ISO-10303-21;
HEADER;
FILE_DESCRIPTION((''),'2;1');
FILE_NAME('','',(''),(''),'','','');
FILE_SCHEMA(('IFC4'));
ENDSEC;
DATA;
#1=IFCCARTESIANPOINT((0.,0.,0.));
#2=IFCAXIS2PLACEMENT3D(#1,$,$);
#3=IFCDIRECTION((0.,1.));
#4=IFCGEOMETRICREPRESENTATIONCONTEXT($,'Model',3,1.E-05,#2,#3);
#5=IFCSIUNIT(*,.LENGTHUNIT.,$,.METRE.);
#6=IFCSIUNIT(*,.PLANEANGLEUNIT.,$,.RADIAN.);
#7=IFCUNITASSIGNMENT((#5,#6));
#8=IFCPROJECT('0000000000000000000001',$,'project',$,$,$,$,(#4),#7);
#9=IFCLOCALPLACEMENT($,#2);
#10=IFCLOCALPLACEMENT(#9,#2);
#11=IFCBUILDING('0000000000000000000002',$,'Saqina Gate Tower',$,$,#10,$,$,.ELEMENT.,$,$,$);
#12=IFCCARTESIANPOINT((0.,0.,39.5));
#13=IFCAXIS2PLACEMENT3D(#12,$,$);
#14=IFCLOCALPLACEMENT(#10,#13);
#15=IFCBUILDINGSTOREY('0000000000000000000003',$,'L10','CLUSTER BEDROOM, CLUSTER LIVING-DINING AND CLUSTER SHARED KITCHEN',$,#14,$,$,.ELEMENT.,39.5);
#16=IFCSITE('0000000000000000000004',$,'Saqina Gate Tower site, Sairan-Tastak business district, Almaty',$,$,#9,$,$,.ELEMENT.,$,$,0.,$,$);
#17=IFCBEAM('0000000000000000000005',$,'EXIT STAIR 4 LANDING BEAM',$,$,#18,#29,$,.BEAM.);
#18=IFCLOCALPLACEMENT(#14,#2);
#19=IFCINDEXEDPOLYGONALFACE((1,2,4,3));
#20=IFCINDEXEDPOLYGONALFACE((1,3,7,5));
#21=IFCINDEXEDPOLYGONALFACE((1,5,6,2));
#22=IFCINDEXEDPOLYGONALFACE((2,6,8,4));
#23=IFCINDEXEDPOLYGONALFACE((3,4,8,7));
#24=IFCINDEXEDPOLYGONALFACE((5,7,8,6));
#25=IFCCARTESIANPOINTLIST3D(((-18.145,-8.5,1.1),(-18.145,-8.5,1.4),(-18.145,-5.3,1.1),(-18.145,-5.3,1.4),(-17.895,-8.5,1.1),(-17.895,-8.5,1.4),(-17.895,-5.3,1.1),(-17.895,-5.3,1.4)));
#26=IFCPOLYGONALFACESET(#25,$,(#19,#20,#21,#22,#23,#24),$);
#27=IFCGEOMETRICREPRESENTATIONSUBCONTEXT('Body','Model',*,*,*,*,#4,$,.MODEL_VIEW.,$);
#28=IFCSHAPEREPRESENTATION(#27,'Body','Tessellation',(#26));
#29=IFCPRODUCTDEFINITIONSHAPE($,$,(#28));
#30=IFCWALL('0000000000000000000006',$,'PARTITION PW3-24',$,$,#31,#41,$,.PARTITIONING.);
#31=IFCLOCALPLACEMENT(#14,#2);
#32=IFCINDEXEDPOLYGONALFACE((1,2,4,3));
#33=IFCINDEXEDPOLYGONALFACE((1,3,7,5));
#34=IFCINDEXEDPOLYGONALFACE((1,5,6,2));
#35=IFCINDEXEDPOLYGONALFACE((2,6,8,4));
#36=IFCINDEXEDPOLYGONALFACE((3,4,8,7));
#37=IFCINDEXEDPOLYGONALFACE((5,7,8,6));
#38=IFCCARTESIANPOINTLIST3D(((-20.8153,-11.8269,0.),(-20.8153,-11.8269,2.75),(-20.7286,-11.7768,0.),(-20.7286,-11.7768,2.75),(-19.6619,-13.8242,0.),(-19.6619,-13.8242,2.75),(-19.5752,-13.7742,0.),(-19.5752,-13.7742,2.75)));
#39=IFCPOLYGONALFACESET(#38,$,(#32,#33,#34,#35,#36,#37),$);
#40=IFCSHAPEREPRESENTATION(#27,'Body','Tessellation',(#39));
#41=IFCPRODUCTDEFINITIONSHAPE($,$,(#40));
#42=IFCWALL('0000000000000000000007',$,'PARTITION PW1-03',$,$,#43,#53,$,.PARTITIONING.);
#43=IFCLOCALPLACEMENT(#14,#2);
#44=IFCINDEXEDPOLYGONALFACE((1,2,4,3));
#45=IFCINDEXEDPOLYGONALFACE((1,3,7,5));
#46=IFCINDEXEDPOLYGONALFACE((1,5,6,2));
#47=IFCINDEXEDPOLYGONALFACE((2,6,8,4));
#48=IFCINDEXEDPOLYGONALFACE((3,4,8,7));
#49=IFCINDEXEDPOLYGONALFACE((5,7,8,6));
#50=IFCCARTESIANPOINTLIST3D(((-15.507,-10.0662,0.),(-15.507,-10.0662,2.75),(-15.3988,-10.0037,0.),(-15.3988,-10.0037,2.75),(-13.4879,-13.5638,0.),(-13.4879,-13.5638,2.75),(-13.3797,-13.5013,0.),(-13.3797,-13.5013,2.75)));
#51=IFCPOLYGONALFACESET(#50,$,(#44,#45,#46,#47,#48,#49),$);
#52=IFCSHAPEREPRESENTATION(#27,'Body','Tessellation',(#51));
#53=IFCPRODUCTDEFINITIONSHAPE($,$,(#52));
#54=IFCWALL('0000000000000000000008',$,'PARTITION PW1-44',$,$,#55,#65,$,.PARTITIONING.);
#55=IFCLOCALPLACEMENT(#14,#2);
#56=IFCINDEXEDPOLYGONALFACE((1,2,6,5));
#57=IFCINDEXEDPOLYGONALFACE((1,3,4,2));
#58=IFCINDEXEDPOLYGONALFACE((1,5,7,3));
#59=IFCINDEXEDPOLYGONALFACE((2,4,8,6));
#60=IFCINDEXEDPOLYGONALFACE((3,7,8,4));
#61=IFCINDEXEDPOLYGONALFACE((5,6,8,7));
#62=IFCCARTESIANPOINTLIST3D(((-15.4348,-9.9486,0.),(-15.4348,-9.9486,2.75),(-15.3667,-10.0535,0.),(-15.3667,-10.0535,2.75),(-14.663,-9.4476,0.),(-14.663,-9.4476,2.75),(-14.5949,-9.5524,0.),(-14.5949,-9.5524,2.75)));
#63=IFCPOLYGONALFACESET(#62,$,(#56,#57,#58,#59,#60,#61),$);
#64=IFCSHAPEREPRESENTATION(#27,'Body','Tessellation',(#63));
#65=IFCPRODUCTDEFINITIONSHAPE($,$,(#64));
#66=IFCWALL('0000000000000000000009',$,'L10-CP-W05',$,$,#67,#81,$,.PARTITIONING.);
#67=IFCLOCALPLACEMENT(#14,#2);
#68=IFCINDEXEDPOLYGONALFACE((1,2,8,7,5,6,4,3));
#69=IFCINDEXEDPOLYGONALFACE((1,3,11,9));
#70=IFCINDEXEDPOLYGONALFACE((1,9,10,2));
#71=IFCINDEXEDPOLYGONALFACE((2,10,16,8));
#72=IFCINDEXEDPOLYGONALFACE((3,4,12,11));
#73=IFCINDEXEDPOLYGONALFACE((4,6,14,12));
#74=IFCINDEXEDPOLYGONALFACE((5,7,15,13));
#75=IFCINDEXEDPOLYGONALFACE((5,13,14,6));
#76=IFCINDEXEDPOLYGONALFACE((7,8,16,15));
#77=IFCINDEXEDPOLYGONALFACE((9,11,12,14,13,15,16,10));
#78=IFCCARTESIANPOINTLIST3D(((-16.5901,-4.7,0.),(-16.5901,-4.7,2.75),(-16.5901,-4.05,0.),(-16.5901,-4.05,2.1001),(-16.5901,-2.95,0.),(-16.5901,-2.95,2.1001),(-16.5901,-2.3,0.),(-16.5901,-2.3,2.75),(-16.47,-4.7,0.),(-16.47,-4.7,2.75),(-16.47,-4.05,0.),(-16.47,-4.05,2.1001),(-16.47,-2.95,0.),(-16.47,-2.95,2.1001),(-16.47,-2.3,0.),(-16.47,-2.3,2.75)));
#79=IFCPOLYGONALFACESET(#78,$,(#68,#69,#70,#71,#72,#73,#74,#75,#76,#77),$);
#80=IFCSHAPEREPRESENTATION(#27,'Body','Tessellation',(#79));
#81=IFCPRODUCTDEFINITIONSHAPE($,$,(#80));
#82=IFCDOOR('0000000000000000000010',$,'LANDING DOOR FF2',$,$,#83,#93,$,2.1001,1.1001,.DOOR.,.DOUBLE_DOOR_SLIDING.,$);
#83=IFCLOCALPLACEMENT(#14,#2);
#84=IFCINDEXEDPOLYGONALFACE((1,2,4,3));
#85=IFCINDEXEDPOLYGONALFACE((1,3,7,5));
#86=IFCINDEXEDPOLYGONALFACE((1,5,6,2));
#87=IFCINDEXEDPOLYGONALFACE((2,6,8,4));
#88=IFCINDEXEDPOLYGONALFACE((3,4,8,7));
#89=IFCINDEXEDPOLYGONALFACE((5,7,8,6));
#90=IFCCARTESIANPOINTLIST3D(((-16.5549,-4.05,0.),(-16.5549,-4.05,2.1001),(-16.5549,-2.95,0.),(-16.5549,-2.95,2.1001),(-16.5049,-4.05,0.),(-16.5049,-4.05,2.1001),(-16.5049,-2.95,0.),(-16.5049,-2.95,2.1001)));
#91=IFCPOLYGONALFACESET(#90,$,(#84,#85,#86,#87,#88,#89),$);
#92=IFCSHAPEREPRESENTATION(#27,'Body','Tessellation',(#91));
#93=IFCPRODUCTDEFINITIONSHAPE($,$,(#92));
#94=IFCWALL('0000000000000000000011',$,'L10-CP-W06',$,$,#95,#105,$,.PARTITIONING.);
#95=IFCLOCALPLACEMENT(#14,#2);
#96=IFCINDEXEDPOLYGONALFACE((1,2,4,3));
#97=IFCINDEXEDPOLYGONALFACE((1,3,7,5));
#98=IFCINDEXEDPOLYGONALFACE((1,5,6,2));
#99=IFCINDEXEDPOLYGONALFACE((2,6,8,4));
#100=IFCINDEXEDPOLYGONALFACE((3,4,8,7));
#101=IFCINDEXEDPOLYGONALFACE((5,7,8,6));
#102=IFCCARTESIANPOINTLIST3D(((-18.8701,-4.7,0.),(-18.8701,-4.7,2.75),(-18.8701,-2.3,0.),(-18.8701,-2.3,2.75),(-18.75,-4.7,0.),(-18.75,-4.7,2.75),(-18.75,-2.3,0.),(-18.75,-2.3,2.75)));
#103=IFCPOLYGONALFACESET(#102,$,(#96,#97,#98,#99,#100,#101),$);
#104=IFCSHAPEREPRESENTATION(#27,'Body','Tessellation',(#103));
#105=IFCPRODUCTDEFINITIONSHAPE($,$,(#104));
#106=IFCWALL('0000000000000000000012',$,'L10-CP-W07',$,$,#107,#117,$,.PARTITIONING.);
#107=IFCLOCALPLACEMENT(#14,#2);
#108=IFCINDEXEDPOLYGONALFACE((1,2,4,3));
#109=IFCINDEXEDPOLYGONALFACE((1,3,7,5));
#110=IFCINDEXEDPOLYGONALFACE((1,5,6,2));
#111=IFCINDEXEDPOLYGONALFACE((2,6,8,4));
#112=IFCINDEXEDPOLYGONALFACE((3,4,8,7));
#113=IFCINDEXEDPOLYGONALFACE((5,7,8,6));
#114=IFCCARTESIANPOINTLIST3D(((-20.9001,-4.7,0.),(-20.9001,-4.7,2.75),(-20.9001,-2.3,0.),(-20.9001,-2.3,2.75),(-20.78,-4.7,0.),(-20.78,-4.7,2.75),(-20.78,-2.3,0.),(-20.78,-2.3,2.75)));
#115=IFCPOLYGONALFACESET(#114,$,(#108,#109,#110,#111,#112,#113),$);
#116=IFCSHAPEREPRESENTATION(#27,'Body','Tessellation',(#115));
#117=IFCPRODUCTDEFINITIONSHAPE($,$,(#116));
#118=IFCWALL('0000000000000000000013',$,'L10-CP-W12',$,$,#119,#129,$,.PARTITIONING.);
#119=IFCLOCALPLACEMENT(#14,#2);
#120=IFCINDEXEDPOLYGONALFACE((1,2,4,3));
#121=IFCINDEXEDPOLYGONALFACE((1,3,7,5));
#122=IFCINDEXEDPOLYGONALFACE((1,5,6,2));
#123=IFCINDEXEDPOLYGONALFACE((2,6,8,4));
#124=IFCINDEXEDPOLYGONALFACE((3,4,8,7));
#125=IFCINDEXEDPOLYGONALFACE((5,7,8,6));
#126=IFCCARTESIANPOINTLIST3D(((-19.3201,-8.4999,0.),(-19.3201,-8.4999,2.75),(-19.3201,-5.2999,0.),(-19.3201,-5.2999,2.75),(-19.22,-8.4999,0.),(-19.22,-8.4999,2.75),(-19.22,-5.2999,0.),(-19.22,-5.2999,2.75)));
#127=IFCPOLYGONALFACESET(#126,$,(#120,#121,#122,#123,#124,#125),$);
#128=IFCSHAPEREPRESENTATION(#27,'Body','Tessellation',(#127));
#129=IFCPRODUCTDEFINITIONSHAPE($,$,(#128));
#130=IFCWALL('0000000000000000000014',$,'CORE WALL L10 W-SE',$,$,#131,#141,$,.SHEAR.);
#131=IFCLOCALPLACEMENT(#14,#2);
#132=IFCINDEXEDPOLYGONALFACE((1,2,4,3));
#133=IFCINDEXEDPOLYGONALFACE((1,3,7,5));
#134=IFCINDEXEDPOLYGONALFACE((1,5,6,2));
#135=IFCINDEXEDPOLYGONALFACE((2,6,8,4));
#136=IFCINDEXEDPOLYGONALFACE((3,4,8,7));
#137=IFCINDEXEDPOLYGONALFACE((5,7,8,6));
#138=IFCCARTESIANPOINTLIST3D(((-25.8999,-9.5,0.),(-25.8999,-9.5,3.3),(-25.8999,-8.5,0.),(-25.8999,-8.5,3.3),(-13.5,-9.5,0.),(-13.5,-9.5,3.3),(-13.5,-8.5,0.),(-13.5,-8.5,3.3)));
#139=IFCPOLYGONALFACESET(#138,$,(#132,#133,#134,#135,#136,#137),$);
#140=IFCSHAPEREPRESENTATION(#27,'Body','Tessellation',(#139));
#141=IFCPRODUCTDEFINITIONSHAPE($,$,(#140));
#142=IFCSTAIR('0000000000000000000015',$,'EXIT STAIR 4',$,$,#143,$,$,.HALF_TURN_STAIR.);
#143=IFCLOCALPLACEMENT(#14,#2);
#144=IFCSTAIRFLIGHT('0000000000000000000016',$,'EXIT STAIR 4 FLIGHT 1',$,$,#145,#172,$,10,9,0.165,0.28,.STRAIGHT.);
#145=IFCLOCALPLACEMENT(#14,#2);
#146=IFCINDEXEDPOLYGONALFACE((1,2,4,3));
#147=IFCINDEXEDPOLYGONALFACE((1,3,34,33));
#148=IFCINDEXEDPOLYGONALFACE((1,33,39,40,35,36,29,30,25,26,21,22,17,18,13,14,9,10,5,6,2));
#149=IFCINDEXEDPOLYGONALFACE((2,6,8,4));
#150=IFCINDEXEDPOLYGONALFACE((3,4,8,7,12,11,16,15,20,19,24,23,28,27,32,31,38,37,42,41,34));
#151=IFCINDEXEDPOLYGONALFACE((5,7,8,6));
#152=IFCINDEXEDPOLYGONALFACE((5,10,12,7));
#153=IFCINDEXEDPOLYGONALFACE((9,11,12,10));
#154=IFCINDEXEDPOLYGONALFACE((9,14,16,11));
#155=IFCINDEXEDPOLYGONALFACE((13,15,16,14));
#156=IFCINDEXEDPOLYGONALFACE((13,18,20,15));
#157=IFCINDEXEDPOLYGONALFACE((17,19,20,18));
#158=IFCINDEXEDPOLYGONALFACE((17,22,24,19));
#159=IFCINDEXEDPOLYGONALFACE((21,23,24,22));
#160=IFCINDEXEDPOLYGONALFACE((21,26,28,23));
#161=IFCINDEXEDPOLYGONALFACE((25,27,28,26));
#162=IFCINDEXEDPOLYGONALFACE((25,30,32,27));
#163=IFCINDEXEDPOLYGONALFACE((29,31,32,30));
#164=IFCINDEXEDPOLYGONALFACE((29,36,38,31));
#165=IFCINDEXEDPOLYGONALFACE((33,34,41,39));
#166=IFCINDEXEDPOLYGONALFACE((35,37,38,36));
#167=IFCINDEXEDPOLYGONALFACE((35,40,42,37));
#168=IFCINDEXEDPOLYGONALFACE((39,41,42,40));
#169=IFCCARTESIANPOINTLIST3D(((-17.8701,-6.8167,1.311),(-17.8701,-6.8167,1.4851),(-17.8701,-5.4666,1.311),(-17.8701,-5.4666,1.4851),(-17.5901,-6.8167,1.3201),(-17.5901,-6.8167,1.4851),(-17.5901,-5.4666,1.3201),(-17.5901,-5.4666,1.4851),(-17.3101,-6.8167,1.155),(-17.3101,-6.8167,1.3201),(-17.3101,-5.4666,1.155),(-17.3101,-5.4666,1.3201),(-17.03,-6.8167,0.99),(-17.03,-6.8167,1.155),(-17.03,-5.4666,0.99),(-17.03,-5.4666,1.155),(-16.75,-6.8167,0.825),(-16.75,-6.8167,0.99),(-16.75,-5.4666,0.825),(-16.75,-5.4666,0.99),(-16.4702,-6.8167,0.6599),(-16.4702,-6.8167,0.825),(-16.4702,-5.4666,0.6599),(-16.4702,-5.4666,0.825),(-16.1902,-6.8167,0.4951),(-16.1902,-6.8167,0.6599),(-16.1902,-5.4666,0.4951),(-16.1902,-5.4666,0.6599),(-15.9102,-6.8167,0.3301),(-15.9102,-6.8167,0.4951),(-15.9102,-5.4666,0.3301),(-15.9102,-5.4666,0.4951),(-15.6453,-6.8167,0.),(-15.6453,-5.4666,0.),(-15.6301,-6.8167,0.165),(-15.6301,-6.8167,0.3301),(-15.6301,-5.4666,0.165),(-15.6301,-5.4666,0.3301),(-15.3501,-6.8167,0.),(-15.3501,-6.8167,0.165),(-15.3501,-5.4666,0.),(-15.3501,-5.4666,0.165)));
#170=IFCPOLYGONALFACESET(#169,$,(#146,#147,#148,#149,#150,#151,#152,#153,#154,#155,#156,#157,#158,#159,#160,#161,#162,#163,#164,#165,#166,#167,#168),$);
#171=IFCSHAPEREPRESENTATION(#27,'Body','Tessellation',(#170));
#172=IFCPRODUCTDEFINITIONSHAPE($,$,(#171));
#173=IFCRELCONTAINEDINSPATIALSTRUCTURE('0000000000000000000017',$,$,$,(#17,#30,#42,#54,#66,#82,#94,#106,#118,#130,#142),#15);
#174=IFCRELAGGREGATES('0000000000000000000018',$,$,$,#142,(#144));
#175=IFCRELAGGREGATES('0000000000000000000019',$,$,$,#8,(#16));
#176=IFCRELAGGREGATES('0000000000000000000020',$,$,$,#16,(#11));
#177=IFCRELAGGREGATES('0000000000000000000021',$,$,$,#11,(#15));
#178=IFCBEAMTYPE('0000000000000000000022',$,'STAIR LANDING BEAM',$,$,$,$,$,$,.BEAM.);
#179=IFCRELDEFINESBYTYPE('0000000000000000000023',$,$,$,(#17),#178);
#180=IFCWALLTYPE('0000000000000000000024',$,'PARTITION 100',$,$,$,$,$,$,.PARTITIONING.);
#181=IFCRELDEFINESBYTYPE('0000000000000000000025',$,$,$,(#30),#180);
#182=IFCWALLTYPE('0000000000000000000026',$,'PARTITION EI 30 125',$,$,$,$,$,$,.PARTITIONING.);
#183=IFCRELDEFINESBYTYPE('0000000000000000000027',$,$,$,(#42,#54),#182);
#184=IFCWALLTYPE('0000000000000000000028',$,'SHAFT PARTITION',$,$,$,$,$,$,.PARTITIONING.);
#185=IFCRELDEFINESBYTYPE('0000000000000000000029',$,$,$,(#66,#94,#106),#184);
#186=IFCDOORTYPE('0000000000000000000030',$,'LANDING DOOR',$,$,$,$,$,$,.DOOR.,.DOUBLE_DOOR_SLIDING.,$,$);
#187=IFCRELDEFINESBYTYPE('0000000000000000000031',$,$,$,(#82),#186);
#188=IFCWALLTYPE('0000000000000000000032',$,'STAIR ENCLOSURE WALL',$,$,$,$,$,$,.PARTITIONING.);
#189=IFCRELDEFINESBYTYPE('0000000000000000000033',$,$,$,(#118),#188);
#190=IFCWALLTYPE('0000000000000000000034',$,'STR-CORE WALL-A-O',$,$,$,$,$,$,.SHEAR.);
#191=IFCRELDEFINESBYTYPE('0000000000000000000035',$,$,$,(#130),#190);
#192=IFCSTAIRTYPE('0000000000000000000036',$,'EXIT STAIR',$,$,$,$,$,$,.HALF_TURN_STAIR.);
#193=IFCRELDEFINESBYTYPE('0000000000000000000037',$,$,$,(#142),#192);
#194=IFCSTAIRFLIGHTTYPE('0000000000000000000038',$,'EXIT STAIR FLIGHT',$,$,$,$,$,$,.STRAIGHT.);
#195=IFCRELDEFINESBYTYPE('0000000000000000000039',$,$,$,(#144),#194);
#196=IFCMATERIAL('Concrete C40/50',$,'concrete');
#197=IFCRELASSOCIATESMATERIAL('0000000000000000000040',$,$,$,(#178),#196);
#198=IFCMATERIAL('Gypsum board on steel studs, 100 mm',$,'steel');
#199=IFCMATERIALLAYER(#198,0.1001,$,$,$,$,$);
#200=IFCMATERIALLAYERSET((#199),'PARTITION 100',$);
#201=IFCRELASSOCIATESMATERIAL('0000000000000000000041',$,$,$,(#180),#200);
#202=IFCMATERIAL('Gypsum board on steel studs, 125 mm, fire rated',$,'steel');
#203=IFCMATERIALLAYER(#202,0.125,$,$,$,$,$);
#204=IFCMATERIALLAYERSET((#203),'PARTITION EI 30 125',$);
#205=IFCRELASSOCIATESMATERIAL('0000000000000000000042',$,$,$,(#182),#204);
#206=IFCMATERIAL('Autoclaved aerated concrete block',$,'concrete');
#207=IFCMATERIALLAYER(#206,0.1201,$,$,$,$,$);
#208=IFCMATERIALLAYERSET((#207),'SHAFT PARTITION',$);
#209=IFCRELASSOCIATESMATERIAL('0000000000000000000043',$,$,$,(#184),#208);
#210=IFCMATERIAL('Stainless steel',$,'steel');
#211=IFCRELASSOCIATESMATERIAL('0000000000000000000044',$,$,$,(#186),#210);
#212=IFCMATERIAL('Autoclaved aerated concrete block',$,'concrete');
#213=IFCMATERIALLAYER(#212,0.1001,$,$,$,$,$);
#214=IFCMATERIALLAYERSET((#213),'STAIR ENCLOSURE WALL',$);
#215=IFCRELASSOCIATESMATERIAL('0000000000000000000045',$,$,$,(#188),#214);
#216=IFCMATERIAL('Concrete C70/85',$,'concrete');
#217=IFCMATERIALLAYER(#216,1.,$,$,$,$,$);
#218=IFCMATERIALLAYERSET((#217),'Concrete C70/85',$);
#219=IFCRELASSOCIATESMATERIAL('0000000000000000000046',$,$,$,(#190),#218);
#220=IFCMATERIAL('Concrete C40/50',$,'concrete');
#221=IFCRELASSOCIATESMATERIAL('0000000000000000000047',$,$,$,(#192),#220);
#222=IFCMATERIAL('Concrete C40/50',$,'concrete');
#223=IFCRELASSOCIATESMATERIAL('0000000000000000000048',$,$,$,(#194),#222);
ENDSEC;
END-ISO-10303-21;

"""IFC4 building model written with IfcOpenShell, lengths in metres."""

from ifc_helpers import new_model, si_unit, direction, frame, frame_2d, origin, origin_2d, place, context, subcontext, project, spatial, polyline, rectangle, outline, extrude, material, layer, layer_set, material_profile, profile_set, type_object, element, fill, aggregate, save


model = new_model("IFC4")

# Units and contexts
model_context = context("Model", 3, precision=1e-05, world=origin(), true_north=direction((0.0, 1.0)))
body_context = subcontext(model_context, "Body", "Model", "MODEL_VIEW")
ifc_project = project(units=[si_unit("LENGTHUNIT", "METRE"), si_unit("PLANEANGLEUNIT", "RADIAN")], contexts=[model_context])

# Site, building, storey
site_placement = place(None, origin())
site = spatial("IfcSite", under=ifc_project, at=site_placement, Name="Saqina Gate Tower site, Sairan-Tastak business district, Almaty", CompositionType="ELEMENT", RefElevation=0.0)
building_placement = place(site_placement, origin())
building = spatial("IfcBuilding", under=site, at=building_placement, Name="Saqina Gate Tower", CompositionType="ELEMENT")
storey_placement = place(building_placement, frame((0.0, 0.0, 39.5)))
storey = spatial("IfcBuildingStorey", under=building, at=storey_placement, Name="L10", Description="CLUSTER BEDROOM, CLUSTER LIVING-DINING AND CLUSTER SHARED KITCHEN", CompositionType="ELEMENT", Elevation=39.5)

# Beam
ifc_material_1 = material(Name="Concrete C40/50", Category="concrete")
ifc_material_profile = material_profile(ifc_material_1, rectangle(XDim=0.25, YDim=0.3, at=origin_2d()), Name="STAIR LANDING BEAM")
ifc_profile_set = profile_set([ifc_material_profile], Name="Concrete C40/50")
beam_type = type_object("IfcBeamType", Name="STAIR LANDING BEAM", PredefinedType="BEAM", material=ifc_profile_set)
beam_placement = place(storey_placement, frame((-18.02, -8.5, 1.25), z_axis=(0.0, 1.0, 0.0), x_axis=(-1.0, 0.0, 0.0)))
element("IfcBeam", 1, at=beam_placement, inside=storey, type_object=beam_type, Name="EXIT STAIR 4 LANDING BEAM", PredefinedType="BEAM", context=body_context, shape_type="SweptSolid", body=[
    extrude(rectangle(XDim=0.25, YDim=0.3, at=origin_2d()), origin(), (0.0, 0.0, 1.0), 3.2),
])

# Walls
ifc_material_2 = material(Name="Gypsum board on steel studs, 100 mm", Category="steel")
ifc_layer_1 = layer(ifc_material_2, 0.1001)
ifc_layer_set_1 = layer_set([ifc_layer_1], Name="PARTITION 100")
wall_type_1 = type_object("IfcWallType", Name="PARTITION 100", PredefinedType="PARTITIONING", material=ifc_layer_set_1)
wall_1_placement = place(storey_placement, frame((-20.772, -11.8018, 0.0), z_axis=(0.0, 0.0, 1.0), x_axis=(0.500055, -0.865993, 0.0)))
element("IfcWall", 2, at=wall_1_placement, inside=storey, type_object=wall_type_1, Name="PARTITION PW3-24", PredefinedType="PARTITIONING", context=body_context, shape_type="SweptSolid", body=[
    extrude(rectangle(XDim=2.3064, YDim=0.1001, at=frame_2d((1.1533, 0.0))), origin(), (0.0, 0.0, 1.0), 2.75),
])
ifc_material_3 = material(Name="Gypsum board on steel studs, 125 mm, fire rated", Category="steel")
ifc_layer_2 = layer(ifc_material_3, 0.125)
ifc_layer_set_2 = layer_set([ifc_layer_2], Name="PARTITION EI 30 125")
wall_type_2 = type_object("IfcWallType", Name="PARTITION EI 30 125", PredefinedType="PARTITIONING", material=ifc_layer_set_2)
wall_2_placement = place(storey_placement, frame((-15.4529, -10.0349, 0.0), z_axis=(0.0, 0.0, 1.0), x_axis=(0.499949, -0.866055, 0.0)))
element("IfcWall", 3, at=wall_2_placement, inside=storey, type_object=wall_type_2, Name="PARTITION PW1-03", PredefinedType="PARTITIONING", context=body_context, shape_type="SweptSolid", body=[
    extrude(rectangle(XDim=4.0386, YDim=0.125, at=frame_2d((2.0193, 0.0))), origin(), (0.0, 0.0, 1.0), 2.75),
])
wall_3_placement = place(storey_placement, frame((-15.4006, -10.001, 0.0), z_axis=(0.0, 0.0, 1.0), x_axis=(0.838765, 0.544494, 0.0)))
element("IfcWall", 4, at=wall_3_placement, inside=storey, type_object=wall_type_2, Name="PARTITION PW1-44", PredefinedType="PARTITIONING", context=body_context, shape_type="SweptSolid", body=[
    extrude(rectangle(XDim=0.9202, YDim=0.125, at=frame_2d((0.46, 0.0))), origin(), (0.0, 0.0, 1.0), 2.75),
])

# Wall, opening, door
ifc_material_4 = material(Name="Autoclaved aerated concrete block", Category="concrete")
ifc_layer_3 = layer(ifc_material_4, 0.1201)
ifc_layer_set_3 = layer_set([ifc_layer_3], Name="SHAFT PARTITION")
wall_type_3 = type_object("IfcWallType", Name="SHAFT PARTITION", PredefinedType="PARTITIONING", material=ifc_layer_set_3)
wall_4_placement = place(storey_placement, frame((-16.53, -4.7, 0.0), z_axis=(0.0, 0.0, 1.0), x_axis=(0.0, 1.0, 0.0)))
wall_4 = element("IfcWall", 5, at=wall_4_placement, inside=storey, type_object=wall_type_3, Name="L10-CP-W05", PredefinedType="PARTITIONING", context=body_context, shape_type="SweptSolid", body=[
    extrude(rectangle(XDim=2.3999, YDim=0.1201, at=frame_2d((1.2, 0.0))), origin(), (0.0, 0.0, 1.0), 2.75),
])
opening_1_placement = place(wall_4_placement, frame((0.6499, 0.0, 0.0)))
opening_1 = element("IfcOpeningElement", 6, at=opening_1_placement, cuts=wall_4, PredefinedType="OPENING", context=body_context, shape_type="SweptSolid", body=[
    extrude(rectangle(XDim=1.1001, YDim=2.1001, at=frame_2d((0.55, 1.05))), frame((0.0, 0.072, 0.0), z_axis=(0.0, -1.0, 0.0), x_axis=(1.0, 0.0, 0.0)), (0.0, 0.0, 1.0), 0.144),
])
ifc_material_5 = material(Name="Stainless steel", Category="steel")
door_type_1 = type_object("IfcDoorType", Name="LANDING DOOR", OperationType="DOUBLE_DOOR_SLIDING", PredefinedType="DOOR", material=ifc_material_5)
door_1_placement = place(opening_1_placement, origin())
door_1 = element("IfcDoor", 7, at=door_1_placement, inside=storey, type_object=door_type_1, Name="LANDING DOOR FF2", OperationType="DOUBLE_DOOR_SLIDING", OverallHeight=2.1001, OverallWidth=1.1001, PredefinedType="DOOR", context=body_context, shape_type="SweptSolid", body=[
    extrude(rectangle(XDim=1.1001, YDim=2.1001, at=frame_2d((0.55, 1.05))), frame((0.0, 0.0249, 0.0), z_axis=(0.0, -1.0, 0.0), x_axis=(1.0, 0.0, 0.0)), (0.0, 0.0, 1.0), 0.05),
])
fill(opening_1, door_1)

# Walls
for number, where, z_axis, x_axis, name in (
    (8, (-18.8101, -4.7, 0.0), (0.0, 0.0, 1.0), (0.0, 1.0, 0.0), "L10-CP-W06"),
    (9, (-20.8401, -4.7, 0.0), (0.0, 0.0, 1.0), (0.0, 1.0, 0.0), "L10-CP-W07"),
):
    element("IfcWall", number, at=place(storey_placement, frame(where, z_axis=z_axis, x_axis=x_axis)), inside=storey, type_object=wall_type_3, Name=name, PredefinedType="PARTITIONING", context=body_context, shape_type="SweptSolid", body=[
        extrude(rectangle(XDim=2.3999, YDim=0.1201, at=frame_2d((1.2, 0.0))), origin(), (0.0, 0.0, 1.0), 2.75),
    ])
ifc_material_6 = material(Name="Autoclaved aerated concrete block", Category="concrete")
ifc_layer_4 = layer(ifc_material_6, 0.1001)
ifc_layer_set_4 = layer_set([ifc_layer_4], Name="STAIR ENCLOSURE WALL")
wall_type_4 = type_object("IfcWallType", Name="STAIR ENCLOSURE WALL", PredefinedType="PARTITIONING", material=ifc_layer_set_4)
wall_5_placement = place(storey_placement, frame((-19.27, -8.5, 0.0), z_axis=(0.0, 0.0, 1.0), x_axis=(0.0, 1.0, 0.0)))
element("IfcWall", 10, at=wall_5_placement, inside=storey, type_object=wall_type_4, Name="L10-CP-W12", PredefinedType="PARTITIONING", context=body_context, shape_type="SweptSolid", body=[
    extrude(rectangle(XDim=3.2, YDim=0.1001, at=frame_2d((1.6001, 0.0))), origin(), (0.0, 0.0, 1.0), 2.75),
])

# Shared definitions
ifc_material_7 = material(Name="Concrete C70/85", Category="concrete")
ifc_layer_5 = layer(ifc_material_7, 1.0)
ifc_layer_set_5 = layer_set([ifc_layer_5], Name="Concrete C70/85")
wall_type_5 = type_object("IfcWallType", Name="STR-CORE WALL-A-O", PredefinedType="SHEAR", material=ifc_layer_set_5)

# Wall
wall_6_placement = place(storey_placement, frame((-13.5, -9.0, 0.0), z_axis=(0.0, 0.0, 1.0), x_axis=(-1.0, 0.0, 0.0)))
element("IfcWall", 11, at=wall_6_placement, inside=storey, type_object=wall_type_5, Name="CORE WALL L10 W-SE", PredefinedType="SHEAR", context=body_context, shape_type="SweptSolid", body=[
    extrude(rectangle(XDim=12.3999, YDim=1.0, at=frame_2d((6.2, 0.0))), origin(), (0.0, 0.0, 1.0), 3.3),
])

# Stair, stair flight
ifc_material_8 = material(Name="Concrete C40/50", Category="concrete")
stair_type = type_object("IfcStairType", Name="EXIT STAIR", PredefinedType="HALF_TURN_STAIR", material=ifc_material_8)
stair_placement = place(storey_placement, origin())
stair = element("IfcStair", 12, at=stair_placement, inside=storey, type_object=stair_type, Name="EXIT STAIR 4", PredefinedType="HALF_TURN_STAIR")
ifc_material_9 = material(Name="Concrete C40/50", Category="concrete")
stair_flight_type = type_object("IfcStairFlightType", Name="EXIT STAIR FLIGHT", PredefinedType="STRAIGHT", material=ifc_material_9)
stair_flight_1_placement = place(storey_placement, frame((-15.3501, -6.1416, 0.0), z_axis=(0.0, 0.0, 1.0), x_axis=(-1.0, 0.0, 0.0)))
stair_flight_1 = element("IfcStairFlight", 13, at=stair_flight_1_placement, type_object=stair_flight_type, Name="EXIT STAIR 4 FLIGHT 1", NumberOfRisers=10, NumberOfTreads=9, PredefinedType="STRAIGHT", RiserHeight=0.165, TreadLength=0.28, context=body_context, shape_type="SweptSolid", body=[
    extrude(outline(polyline([(0.0, 0.0), (0.0, 0.165), (0.28, 0.165), (0.28, 0.3301), (0.5601, 0.3301), (0.5601, 0.4951), (0.8401, 0.4951), (0.8401, 0.6599), (1.1201, 0.6599), (1.1201, 0.825), (1.3999, 0.825), (1.3999, 0.99), (1.6799, 0.99), (1.6799, 1.155), (1.96, 1.155), (1.96, 1.3201), (2.24, 1.3201), (2.24, 1.4851), (2.52, 1.4851), (2.52, 1.6499), (2.52, 1.311), (0.2952, 0.0), (0.0, 0.0)])), frame((0.0, 0.675, 0.0), z_axis=(0.0, -1.0, 0.0), x_axis=(1.0, 0.0, 0.0)), (0.0, 0.0, 1.0), 1.3501),
])
aggregate(stair, [stair_flight_1])

save(model, "model.ifc")
